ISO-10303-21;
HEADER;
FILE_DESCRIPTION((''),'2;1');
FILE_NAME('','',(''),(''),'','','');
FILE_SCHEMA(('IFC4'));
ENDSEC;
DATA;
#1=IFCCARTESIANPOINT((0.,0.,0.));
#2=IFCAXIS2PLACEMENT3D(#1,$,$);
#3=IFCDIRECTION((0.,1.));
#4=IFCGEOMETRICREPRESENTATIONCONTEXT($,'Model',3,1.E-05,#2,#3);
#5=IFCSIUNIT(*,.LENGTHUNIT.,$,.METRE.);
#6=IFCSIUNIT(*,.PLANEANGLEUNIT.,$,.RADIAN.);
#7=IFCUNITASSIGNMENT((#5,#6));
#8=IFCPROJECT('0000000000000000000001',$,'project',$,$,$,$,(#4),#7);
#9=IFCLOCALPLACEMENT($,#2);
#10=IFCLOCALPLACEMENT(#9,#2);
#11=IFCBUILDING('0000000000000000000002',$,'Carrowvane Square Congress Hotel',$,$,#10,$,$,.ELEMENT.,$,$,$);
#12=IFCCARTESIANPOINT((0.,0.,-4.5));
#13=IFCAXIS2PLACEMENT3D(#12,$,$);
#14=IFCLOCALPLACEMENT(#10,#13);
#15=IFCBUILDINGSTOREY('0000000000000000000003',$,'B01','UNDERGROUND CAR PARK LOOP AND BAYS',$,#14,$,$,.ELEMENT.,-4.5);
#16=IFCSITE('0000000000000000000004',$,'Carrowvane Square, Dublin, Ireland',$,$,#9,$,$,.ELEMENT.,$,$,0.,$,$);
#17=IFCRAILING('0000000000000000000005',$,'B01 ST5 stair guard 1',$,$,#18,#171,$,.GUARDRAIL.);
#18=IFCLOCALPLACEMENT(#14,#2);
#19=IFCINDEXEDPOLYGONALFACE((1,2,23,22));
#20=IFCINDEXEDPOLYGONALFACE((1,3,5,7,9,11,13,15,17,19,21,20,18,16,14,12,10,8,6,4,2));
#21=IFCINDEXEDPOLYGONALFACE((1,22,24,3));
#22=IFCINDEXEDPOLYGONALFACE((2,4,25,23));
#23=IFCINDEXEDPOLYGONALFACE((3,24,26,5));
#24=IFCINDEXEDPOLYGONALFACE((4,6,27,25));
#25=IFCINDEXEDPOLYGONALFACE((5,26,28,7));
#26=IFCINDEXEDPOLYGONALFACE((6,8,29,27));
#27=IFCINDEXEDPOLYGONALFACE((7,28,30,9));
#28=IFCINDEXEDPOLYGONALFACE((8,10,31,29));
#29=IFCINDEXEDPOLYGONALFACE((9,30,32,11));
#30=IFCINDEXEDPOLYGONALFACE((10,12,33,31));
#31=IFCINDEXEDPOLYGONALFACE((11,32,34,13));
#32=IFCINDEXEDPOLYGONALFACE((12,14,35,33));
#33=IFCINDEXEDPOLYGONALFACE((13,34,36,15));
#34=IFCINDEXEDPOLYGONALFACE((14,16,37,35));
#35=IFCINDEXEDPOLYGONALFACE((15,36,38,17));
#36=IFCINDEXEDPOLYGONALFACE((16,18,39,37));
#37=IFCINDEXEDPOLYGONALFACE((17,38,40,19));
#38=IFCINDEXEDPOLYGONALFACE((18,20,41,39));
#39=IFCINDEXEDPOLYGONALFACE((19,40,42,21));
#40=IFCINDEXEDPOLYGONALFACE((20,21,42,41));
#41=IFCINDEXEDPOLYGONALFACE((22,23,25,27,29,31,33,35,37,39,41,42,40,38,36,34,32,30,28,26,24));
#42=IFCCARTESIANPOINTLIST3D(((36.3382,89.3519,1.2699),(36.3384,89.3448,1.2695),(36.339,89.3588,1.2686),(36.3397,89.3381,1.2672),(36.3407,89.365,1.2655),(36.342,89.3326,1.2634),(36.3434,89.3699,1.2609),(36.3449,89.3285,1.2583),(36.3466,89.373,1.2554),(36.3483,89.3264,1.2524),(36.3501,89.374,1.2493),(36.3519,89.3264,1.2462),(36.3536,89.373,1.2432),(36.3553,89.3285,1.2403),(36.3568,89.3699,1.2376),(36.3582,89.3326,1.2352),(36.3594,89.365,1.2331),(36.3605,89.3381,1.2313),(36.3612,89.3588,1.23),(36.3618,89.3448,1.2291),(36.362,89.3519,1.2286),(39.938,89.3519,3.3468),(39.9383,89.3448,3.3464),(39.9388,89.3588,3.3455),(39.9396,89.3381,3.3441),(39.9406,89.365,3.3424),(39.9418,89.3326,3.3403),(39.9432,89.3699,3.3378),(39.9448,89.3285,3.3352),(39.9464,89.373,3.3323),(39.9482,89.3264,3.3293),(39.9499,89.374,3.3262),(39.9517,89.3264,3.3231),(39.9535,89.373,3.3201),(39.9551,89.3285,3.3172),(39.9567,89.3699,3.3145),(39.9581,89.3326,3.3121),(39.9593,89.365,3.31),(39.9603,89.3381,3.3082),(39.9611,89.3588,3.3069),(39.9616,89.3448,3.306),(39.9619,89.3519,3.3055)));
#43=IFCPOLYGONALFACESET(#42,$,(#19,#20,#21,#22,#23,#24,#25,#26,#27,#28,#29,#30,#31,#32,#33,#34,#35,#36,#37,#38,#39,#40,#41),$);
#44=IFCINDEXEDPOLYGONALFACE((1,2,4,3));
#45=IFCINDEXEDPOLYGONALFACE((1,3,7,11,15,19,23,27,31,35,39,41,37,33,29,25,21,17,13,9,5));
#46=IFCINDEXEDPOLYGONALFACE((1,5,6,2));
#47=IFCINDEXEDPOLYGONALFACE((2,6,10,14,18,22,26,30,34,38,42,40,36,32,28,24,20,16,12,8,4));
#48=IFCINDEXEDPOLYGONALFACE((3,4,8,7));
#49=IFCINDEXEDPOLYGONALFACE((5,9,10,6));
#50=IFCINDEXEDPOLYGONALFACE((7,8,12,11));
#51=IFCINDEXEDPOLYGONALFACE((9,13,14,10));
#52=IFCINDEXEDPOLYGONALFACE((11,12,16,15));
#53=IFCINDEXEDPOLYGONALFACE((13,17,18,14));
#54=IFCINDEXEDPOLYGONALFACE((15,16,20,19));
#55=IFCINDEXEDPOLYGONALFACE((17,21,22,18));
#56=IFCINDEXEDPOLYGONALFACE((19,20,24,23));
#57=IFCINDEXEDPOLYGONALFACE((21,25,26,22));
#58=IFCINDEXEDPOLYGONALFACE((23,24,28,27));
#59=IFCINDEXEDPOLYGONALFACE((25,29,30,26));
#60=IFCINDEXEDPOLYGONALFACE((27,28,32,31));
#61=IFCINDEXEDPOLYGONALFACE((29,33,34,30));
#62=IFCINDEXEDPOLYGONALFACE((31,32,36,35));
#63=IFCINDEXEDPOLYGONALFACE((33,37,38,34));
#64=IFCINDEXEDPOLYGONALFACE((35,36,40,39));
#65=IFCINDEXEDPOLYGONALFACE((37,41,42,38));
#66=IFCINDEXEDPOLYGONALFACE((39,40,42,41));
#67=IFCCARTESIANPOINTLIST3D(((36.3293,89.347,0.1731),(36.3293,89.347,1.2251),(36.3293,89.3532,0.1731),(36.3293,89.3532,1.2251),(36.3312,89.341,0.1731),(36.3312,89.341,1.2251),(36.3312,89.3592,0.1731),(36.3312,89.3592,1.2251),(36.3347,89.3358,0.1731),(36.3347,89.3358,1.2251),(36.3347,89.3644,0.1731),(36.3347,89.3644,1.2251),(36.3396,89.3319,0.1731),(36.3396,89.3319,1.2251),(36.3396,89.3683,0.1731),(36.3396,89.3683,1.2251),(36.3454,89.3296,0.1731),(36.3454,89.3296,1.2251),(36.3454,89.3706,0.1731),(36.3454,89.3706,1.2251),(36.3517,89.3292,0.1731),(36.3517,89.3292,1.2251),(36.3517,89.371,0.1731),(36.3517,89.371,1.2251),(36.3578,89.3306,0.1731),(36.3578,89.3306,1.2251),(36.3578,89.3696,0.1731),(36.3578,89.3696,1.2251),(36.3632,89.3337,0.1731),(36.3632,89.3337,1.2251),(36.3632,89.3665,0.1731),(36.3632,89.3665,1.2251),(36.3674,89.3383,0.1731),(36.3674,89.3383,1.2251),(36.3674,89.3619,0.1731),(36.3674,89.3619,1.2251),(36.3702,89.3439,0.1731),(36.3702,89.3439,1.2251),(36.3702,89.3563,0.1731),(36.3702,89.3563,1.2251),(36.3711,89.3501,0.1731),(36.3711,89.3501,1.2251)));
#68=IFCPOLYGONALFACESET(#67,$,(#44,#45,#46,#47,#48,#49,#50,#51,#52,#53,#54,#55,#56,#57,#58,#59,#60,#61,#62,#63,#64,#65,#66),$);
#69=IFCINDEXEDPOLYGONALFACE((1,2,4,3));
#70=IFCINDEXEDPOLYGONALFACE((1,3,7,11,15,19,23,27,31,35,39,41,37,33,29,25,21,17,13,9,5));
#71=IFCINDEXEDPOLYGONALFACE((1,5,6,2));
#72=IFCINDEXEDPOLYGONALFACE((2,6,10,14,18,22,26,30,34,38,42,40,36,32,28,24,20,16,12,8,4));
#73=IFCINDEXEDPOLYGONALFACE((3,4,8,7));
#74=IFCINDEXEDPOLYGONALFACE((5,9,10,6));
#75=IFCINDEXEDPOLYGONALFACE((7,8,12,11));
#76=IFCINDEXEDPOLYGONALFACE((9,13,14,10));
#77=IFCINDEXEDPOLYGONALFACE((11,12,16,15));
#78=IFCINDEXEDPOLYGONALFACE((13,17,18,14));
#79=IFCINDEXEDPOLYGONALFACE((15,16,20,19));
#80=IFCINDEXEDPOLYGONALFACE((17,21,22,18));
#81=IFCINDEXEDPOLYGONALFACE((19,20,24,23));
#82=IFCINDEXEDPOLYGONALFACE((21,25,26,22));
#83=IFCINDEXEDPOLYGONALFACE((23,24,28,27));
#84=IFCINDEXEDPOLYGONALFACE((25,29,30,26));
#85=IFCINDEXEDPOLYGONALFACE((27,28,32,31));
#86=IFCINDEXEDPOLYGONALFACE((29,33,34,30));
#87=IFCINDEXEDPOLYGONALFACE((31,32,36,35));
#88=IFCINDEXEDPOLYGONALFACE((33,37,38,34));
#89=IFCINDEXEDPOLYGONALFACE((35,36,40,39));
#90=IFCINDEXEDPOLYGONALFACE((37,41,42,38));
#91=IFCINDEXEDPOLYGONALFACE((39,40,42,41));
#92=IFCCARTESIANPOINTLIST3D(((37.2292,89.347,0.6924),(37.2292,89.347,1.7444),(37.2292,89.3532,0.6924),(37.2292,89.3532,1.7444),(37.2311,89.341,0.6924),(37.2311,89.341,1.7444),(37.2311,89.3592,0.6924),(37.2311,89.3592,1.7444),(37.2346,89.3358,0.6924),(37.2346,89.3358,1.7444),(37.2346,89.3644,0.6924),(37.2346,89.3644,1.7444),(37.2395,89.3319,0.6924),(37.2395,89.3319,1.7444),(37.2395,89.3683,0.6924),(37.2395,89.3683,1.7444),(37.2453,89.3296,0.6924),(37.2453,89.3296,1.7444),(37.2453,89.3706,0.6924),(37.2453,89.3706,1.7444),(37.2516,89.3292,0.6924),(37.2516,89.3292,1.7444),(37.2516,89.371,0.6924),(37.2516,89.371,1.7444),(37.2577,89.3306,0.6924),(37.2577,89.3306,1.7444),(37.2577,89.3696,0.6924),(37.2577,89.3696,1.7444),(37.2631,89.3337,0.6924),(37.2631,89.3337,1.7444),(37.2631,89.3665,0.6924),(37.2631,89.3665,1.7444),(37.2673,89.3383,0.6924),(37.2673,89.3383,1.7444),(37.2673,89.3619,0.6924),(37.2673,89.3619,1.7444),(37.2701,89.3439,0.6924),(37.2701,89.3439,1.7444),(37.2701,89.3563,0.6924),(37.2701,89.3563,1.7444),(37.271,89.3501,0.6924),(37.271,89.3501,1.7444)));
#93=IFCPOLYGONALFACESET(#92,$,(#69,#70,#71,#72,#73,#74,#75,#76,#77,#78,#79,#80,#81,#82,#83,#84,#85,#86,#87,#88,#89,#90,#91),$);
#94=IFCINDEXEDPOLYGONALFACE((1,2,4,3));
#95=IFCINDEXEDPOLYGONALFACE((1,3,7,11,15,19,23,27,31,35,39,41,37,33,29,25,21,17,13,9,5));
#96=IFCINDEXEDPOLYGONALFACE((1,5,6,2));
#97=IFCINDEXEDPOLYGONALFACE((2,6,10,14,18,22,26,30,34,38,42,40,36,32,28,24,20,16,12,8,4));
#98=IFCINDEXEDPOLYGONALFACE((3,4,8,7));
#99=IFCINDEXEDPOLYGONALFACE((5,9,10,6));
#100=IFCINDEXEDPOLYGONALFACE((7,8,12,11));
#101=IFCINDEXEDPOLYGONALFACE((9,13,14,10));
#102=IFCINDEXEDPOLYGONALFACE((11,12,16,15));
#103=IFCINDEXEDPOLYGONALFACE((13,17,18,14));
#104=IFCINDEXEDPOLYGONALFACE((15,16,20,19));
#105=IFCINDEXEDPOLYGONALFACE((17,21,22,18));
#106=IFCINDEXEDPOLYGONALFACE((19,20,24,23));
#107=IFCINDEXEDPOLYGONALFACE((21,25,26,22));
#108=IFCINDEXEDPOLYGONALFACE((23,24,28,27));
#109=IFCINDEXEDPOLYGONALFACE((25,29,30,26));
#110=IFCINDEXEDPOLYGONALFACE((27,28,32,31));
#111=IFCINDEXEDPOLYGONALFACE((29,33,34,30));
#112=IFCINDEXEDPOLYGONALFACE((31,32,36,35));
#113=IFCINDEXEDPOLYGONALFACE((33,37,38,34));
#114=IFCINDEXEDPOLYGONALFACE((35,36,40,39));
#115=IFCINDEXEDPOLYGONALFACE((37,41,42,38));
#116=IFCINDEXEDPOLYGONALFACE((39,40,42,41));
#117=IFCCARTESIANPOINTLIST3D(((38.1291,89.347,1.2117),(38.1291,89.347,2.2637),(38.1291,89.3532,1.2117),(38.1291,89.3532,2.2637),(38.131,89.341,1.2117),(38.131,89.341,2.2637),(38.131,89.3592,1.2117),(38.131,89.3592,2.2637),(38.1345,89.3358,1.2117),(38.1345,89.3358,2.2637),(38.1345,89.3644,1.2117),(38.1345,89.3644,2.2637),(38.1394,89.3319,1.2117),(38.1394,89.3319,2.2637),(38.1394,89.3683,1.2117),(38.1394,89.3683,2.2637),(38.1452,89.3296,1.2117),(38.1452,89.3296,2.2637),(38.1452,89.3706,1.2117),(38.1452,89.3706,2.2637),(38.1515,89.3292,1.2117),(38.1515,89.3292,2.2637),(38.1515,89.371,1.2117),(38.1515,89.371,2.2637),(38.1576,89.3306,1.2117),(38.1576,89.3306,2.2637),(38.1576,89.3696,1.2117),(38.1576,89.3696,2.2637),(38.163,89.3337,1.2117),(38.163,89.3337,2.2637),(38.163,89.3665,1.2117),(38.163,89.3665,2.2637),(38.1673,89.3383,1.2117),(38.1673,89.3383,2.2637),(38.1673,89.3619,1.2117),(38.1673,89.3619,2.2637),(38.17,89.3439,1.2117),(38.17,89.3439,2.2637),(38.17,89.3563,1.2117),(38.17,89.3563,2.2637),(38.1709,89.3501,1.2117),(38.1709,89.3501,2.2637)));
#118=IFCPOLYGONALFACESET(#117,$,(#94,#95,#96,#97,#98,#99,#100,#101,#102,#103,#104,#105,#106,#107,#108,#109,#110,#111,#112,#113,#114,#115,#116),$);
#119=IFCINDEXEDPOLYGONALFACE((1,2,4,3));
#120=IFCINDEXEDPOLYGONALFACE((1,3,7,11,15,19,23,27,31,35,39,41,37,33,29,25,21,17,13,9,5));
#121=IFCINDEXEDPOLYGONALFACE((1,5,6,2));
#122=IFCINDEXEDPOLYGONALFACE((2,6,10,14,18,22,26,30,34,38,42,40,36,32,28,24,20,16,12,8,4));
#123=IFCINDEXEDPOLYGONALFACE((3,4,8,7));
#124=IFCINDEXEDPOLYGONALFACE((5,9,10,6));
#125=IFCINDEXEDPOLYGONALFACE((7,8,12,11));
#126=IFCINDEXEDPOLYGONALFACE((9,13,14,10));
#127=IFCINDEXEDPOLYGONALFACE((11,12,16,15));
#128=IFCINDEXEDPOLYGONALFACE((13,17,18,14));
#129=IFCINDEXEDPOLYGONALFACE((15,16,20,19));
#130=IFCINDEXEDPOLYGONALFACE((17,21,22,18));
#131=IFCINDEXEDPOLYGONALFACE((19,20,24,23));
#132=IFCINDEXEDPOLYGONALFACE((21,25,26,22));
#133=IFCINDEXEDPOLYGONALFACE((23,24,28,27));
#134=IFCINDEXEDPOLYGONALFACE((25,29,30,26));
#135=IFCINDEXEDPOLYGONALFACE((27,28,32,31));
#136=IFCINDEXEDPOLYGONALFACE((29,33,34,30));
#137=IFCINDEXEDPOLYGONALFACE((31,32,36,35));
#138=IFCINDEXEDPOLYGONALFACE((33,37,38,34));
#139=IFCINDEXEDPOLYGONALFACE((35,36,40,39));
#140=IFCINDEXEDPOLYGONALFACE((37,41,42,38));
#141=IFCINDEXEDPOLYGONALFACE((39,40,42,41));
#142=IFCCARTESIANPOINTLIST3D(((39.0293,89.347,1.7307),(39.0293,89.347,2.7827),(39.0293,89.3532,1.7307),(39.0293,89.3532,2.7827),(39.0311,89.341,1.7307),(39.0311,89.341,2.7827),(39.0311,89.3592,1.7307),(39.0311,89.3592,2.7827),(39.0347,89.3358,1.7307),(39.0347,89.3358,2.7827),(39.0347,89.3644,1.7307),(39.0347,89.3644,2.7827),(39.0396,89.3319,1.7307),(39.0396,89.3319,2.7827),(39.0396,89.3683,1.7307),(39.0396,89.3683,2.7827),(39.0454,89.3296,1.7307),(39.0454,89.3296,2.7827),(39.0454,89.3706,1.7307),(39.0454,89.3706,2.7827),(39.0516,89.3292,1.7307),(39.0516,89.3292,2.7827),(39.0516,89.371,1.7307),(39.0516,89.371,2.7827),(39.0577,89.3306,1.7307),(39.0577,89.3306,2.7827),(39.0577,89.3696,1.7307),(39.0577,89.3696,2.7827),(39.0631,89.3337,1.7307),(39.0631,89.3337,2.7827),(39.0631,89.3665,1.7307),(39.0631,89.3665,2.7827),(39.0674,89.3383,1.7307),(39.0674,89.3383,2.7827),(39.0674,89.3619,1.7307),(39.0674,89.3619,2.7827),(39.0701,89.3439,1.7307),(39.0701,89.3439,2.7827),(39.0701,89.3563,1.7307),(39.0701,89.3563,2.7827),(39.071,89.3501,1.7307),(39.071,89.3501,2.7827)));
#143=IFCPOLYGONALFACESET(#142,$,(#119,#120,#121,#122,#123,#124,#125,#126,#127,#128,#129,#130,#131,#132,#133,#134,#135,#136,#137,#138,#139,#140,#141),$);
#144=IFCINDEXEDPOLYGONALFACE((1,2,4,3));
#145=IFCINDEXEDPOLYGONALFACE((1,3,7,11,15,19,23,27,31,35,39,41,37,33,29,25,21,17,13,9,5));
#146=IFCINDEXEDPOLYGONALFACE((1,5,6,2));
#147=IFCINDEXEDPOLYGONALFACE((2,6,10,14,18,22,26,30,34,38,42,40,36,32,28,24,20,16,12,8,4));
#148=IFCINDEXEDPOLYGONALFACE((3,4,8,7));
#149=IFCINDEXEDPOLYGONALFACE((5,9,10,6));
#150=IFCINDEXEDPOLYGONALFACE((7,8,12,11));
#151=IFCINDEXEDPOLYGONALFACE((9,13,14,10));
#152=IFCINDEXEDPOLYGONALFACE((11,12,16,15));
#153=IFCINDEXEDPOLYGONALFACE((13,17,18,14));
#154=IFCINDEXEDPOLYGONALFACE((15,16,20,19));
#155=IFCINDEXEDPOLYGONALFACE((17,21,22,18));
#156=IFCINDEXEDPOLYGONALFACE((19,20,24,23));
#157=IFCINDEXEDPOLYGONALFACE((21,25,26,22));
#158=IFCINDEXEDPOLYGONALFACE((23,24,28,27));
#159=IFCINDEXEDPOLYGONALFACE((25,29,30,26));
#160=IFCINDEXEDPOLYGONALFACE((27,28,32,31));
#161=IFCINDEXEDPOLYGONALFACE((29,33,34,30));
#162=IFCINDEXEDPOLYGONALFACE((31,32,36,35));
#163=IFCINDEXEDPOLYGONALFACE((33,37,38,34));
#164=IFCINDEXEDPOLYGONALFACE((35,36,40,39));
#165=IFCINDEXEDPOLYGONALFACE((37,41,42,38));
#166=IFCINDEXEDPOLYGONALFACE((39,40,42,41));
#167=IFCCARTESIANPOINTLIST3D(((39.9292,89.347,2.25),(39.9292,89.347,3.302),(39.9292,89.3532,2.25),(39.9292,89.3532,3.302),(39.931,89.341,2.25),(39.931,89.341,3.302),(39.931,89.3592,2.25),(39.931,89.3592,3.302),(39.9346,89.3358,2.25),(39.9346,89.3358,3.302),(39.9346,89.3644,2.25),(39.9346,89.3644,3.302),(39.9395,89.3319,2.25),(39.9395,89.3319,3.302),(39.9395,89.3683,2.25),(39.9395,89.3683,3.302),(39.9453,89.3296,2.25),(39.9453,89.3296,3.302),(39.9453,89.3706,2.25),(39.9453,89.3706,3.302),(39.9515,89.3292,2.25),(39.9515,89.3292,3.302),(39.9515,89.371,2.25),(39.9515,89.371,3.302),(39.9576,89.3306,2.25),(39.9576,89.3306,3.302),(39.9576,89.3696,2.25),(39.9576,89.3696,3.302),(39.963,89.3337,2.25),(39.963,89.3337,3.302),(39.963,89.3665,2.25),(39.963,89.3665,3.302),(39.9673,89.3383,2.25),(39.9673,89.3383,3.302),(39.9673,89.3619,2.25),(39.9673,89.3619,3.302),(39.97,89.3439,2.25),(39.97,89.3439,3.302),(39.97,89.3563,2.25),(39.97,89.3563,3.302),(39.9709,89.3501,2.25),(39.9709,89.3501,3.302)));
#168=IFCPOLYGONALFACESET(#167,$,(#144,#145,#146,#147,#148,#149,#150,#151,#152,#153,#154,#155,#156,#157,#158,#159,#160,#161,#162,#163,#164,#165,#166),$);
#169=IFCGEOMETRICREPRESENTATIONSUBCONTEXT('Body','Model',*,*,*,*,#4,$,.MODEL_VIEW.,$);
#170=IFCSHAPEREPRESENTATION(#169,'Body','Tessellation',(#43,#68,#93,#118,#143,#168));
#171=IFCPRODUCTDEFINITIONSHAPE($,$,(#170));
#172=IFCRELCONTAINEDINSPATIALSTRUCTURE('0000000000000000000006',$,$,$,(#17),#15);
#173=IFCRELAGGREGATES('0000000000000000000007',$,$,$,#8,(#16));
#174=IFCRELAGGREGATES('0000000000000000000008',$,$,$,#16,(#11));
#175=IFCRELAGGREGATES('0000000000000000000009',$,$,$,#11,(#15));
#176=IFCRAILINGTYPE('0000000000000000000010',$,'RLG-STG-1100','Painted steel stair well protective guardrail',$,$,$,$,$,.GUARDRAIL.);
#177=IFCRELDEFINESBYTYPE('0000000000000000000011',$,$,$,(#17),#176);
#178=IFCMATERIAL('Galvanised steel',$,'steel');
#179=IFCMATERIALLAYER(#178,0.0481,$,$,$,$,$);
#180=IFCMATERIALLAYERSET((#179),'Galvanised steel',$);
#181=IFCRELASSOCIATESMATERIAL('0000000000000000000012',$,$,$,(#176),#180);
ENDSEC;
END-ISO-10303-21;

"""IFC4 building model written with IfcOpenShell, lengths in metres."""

from ifc_helpers import new_model, si_unit, direction, frame, origin, origin_2d, place, context, subcontext, project, spatial, circle, extrude, material, layer, layer_set, type_object, element, save


model = new_model("IFC4")

# Units and contexts
model_context = context("Model", 3, precision=1e-05, world=origin(), true_north=direction((0.0, 1.0)))
body_context = subcontext(model_context, "Body", "Model", "MODEL_VIEW")
ifc_project = project(units=[si_unit("LENGTHUNIT", "METRE"), si_unit("PLANEANGLEUNIT", "RADIAN")], contexts=[model_context])

# Site, building, storey
site_placement = place(None, origin())
site = spatial("IfcSite", under=ifc_project, at=site_placement, Name="Carrowvane Square, Dublin, Ireland", CompositionType="ELEMENT", RefElevation=0.0)
building_placement = place(site_placement, origin())
building = spatial("IfcBuilding", under=site, at=building_placement, Name="Carrowvane Square Congress Hotel", CompositionType="ELEMENT")
storey_placement = place(building_placement, frame((0.0, 0.0, -4.5)))
storey = spatial("IfcBuildingStorey", under=building, at=storey_placement, Name="B01", Description="UNDERGROUND CAR PARK LOOP AND BAYS", CompositionType="ELEMENT", Elevation=-4.5)

# Railing
ifc_material_1 = material(Name="Galvanised steel", Category="steel")
ifc_layer_1 = layer(ifc_material_1, 0.0481)
ifc_layer_set_1 = layer_set([ifc_layer_1], Name="Galvanised steel")
railing_type_1 = type_object("IfcRailingType", Name="RLG-STG-1100", Description="Painted steel stair well protective guardrail", PredefinedType="GUARDRAIL", material=ifc_layer_set_1)
railing_1_placement = place(storey_placement, frame((36.3501, 89.3501, 0.1731)))
element("IfcRailing", 1, at=railing_1_placement, inside=storey, type_object=railing_type_1, Name="B01 ST5 stair guard 1", PredefinedType="GUARDRAIL", context=body_context, shape_type="SweptSolid", body=[
    extrude(circle(Radius=0.0239, at=origin_2d()), frame((0.0, 0.0, 1.0762), z_axis=(0.866179, 0.0, 0.499734), x_axis=(0.0, 1.0, 0.0)), (0.0, 0.0, 1.0), 4.156),
    extrude(circle(Radius=0.021, at=origin_2d()), origin(), (0.0, 0.0, 1.0), 1.052),
    extrude(circle(Radius=0.021, at=origin_2d()), frame((0.8999, 0.0, 0.5193)), (0.0, 0.0, 1.0), 1.052),
    extrude(circle(Radius=0.021, at=origin_2d()), frame((1.7998, 0.0, 1.0386)), (0.0, 0.0, 1.0), 1.052),
    extrude(circle(Radius=0.021, at=origin_2d()), frame((2.7, 0.0, 1.5576)), (0.0, 0.0, 1.0), 1.052),
    extrude(circle(Radius=0.021, at=origin_2d()), frame((3.5999, 0.0, 2.0769)), (0.0, 0.0, 1.0), 1.052),
])

save(model, "model.ifc")
